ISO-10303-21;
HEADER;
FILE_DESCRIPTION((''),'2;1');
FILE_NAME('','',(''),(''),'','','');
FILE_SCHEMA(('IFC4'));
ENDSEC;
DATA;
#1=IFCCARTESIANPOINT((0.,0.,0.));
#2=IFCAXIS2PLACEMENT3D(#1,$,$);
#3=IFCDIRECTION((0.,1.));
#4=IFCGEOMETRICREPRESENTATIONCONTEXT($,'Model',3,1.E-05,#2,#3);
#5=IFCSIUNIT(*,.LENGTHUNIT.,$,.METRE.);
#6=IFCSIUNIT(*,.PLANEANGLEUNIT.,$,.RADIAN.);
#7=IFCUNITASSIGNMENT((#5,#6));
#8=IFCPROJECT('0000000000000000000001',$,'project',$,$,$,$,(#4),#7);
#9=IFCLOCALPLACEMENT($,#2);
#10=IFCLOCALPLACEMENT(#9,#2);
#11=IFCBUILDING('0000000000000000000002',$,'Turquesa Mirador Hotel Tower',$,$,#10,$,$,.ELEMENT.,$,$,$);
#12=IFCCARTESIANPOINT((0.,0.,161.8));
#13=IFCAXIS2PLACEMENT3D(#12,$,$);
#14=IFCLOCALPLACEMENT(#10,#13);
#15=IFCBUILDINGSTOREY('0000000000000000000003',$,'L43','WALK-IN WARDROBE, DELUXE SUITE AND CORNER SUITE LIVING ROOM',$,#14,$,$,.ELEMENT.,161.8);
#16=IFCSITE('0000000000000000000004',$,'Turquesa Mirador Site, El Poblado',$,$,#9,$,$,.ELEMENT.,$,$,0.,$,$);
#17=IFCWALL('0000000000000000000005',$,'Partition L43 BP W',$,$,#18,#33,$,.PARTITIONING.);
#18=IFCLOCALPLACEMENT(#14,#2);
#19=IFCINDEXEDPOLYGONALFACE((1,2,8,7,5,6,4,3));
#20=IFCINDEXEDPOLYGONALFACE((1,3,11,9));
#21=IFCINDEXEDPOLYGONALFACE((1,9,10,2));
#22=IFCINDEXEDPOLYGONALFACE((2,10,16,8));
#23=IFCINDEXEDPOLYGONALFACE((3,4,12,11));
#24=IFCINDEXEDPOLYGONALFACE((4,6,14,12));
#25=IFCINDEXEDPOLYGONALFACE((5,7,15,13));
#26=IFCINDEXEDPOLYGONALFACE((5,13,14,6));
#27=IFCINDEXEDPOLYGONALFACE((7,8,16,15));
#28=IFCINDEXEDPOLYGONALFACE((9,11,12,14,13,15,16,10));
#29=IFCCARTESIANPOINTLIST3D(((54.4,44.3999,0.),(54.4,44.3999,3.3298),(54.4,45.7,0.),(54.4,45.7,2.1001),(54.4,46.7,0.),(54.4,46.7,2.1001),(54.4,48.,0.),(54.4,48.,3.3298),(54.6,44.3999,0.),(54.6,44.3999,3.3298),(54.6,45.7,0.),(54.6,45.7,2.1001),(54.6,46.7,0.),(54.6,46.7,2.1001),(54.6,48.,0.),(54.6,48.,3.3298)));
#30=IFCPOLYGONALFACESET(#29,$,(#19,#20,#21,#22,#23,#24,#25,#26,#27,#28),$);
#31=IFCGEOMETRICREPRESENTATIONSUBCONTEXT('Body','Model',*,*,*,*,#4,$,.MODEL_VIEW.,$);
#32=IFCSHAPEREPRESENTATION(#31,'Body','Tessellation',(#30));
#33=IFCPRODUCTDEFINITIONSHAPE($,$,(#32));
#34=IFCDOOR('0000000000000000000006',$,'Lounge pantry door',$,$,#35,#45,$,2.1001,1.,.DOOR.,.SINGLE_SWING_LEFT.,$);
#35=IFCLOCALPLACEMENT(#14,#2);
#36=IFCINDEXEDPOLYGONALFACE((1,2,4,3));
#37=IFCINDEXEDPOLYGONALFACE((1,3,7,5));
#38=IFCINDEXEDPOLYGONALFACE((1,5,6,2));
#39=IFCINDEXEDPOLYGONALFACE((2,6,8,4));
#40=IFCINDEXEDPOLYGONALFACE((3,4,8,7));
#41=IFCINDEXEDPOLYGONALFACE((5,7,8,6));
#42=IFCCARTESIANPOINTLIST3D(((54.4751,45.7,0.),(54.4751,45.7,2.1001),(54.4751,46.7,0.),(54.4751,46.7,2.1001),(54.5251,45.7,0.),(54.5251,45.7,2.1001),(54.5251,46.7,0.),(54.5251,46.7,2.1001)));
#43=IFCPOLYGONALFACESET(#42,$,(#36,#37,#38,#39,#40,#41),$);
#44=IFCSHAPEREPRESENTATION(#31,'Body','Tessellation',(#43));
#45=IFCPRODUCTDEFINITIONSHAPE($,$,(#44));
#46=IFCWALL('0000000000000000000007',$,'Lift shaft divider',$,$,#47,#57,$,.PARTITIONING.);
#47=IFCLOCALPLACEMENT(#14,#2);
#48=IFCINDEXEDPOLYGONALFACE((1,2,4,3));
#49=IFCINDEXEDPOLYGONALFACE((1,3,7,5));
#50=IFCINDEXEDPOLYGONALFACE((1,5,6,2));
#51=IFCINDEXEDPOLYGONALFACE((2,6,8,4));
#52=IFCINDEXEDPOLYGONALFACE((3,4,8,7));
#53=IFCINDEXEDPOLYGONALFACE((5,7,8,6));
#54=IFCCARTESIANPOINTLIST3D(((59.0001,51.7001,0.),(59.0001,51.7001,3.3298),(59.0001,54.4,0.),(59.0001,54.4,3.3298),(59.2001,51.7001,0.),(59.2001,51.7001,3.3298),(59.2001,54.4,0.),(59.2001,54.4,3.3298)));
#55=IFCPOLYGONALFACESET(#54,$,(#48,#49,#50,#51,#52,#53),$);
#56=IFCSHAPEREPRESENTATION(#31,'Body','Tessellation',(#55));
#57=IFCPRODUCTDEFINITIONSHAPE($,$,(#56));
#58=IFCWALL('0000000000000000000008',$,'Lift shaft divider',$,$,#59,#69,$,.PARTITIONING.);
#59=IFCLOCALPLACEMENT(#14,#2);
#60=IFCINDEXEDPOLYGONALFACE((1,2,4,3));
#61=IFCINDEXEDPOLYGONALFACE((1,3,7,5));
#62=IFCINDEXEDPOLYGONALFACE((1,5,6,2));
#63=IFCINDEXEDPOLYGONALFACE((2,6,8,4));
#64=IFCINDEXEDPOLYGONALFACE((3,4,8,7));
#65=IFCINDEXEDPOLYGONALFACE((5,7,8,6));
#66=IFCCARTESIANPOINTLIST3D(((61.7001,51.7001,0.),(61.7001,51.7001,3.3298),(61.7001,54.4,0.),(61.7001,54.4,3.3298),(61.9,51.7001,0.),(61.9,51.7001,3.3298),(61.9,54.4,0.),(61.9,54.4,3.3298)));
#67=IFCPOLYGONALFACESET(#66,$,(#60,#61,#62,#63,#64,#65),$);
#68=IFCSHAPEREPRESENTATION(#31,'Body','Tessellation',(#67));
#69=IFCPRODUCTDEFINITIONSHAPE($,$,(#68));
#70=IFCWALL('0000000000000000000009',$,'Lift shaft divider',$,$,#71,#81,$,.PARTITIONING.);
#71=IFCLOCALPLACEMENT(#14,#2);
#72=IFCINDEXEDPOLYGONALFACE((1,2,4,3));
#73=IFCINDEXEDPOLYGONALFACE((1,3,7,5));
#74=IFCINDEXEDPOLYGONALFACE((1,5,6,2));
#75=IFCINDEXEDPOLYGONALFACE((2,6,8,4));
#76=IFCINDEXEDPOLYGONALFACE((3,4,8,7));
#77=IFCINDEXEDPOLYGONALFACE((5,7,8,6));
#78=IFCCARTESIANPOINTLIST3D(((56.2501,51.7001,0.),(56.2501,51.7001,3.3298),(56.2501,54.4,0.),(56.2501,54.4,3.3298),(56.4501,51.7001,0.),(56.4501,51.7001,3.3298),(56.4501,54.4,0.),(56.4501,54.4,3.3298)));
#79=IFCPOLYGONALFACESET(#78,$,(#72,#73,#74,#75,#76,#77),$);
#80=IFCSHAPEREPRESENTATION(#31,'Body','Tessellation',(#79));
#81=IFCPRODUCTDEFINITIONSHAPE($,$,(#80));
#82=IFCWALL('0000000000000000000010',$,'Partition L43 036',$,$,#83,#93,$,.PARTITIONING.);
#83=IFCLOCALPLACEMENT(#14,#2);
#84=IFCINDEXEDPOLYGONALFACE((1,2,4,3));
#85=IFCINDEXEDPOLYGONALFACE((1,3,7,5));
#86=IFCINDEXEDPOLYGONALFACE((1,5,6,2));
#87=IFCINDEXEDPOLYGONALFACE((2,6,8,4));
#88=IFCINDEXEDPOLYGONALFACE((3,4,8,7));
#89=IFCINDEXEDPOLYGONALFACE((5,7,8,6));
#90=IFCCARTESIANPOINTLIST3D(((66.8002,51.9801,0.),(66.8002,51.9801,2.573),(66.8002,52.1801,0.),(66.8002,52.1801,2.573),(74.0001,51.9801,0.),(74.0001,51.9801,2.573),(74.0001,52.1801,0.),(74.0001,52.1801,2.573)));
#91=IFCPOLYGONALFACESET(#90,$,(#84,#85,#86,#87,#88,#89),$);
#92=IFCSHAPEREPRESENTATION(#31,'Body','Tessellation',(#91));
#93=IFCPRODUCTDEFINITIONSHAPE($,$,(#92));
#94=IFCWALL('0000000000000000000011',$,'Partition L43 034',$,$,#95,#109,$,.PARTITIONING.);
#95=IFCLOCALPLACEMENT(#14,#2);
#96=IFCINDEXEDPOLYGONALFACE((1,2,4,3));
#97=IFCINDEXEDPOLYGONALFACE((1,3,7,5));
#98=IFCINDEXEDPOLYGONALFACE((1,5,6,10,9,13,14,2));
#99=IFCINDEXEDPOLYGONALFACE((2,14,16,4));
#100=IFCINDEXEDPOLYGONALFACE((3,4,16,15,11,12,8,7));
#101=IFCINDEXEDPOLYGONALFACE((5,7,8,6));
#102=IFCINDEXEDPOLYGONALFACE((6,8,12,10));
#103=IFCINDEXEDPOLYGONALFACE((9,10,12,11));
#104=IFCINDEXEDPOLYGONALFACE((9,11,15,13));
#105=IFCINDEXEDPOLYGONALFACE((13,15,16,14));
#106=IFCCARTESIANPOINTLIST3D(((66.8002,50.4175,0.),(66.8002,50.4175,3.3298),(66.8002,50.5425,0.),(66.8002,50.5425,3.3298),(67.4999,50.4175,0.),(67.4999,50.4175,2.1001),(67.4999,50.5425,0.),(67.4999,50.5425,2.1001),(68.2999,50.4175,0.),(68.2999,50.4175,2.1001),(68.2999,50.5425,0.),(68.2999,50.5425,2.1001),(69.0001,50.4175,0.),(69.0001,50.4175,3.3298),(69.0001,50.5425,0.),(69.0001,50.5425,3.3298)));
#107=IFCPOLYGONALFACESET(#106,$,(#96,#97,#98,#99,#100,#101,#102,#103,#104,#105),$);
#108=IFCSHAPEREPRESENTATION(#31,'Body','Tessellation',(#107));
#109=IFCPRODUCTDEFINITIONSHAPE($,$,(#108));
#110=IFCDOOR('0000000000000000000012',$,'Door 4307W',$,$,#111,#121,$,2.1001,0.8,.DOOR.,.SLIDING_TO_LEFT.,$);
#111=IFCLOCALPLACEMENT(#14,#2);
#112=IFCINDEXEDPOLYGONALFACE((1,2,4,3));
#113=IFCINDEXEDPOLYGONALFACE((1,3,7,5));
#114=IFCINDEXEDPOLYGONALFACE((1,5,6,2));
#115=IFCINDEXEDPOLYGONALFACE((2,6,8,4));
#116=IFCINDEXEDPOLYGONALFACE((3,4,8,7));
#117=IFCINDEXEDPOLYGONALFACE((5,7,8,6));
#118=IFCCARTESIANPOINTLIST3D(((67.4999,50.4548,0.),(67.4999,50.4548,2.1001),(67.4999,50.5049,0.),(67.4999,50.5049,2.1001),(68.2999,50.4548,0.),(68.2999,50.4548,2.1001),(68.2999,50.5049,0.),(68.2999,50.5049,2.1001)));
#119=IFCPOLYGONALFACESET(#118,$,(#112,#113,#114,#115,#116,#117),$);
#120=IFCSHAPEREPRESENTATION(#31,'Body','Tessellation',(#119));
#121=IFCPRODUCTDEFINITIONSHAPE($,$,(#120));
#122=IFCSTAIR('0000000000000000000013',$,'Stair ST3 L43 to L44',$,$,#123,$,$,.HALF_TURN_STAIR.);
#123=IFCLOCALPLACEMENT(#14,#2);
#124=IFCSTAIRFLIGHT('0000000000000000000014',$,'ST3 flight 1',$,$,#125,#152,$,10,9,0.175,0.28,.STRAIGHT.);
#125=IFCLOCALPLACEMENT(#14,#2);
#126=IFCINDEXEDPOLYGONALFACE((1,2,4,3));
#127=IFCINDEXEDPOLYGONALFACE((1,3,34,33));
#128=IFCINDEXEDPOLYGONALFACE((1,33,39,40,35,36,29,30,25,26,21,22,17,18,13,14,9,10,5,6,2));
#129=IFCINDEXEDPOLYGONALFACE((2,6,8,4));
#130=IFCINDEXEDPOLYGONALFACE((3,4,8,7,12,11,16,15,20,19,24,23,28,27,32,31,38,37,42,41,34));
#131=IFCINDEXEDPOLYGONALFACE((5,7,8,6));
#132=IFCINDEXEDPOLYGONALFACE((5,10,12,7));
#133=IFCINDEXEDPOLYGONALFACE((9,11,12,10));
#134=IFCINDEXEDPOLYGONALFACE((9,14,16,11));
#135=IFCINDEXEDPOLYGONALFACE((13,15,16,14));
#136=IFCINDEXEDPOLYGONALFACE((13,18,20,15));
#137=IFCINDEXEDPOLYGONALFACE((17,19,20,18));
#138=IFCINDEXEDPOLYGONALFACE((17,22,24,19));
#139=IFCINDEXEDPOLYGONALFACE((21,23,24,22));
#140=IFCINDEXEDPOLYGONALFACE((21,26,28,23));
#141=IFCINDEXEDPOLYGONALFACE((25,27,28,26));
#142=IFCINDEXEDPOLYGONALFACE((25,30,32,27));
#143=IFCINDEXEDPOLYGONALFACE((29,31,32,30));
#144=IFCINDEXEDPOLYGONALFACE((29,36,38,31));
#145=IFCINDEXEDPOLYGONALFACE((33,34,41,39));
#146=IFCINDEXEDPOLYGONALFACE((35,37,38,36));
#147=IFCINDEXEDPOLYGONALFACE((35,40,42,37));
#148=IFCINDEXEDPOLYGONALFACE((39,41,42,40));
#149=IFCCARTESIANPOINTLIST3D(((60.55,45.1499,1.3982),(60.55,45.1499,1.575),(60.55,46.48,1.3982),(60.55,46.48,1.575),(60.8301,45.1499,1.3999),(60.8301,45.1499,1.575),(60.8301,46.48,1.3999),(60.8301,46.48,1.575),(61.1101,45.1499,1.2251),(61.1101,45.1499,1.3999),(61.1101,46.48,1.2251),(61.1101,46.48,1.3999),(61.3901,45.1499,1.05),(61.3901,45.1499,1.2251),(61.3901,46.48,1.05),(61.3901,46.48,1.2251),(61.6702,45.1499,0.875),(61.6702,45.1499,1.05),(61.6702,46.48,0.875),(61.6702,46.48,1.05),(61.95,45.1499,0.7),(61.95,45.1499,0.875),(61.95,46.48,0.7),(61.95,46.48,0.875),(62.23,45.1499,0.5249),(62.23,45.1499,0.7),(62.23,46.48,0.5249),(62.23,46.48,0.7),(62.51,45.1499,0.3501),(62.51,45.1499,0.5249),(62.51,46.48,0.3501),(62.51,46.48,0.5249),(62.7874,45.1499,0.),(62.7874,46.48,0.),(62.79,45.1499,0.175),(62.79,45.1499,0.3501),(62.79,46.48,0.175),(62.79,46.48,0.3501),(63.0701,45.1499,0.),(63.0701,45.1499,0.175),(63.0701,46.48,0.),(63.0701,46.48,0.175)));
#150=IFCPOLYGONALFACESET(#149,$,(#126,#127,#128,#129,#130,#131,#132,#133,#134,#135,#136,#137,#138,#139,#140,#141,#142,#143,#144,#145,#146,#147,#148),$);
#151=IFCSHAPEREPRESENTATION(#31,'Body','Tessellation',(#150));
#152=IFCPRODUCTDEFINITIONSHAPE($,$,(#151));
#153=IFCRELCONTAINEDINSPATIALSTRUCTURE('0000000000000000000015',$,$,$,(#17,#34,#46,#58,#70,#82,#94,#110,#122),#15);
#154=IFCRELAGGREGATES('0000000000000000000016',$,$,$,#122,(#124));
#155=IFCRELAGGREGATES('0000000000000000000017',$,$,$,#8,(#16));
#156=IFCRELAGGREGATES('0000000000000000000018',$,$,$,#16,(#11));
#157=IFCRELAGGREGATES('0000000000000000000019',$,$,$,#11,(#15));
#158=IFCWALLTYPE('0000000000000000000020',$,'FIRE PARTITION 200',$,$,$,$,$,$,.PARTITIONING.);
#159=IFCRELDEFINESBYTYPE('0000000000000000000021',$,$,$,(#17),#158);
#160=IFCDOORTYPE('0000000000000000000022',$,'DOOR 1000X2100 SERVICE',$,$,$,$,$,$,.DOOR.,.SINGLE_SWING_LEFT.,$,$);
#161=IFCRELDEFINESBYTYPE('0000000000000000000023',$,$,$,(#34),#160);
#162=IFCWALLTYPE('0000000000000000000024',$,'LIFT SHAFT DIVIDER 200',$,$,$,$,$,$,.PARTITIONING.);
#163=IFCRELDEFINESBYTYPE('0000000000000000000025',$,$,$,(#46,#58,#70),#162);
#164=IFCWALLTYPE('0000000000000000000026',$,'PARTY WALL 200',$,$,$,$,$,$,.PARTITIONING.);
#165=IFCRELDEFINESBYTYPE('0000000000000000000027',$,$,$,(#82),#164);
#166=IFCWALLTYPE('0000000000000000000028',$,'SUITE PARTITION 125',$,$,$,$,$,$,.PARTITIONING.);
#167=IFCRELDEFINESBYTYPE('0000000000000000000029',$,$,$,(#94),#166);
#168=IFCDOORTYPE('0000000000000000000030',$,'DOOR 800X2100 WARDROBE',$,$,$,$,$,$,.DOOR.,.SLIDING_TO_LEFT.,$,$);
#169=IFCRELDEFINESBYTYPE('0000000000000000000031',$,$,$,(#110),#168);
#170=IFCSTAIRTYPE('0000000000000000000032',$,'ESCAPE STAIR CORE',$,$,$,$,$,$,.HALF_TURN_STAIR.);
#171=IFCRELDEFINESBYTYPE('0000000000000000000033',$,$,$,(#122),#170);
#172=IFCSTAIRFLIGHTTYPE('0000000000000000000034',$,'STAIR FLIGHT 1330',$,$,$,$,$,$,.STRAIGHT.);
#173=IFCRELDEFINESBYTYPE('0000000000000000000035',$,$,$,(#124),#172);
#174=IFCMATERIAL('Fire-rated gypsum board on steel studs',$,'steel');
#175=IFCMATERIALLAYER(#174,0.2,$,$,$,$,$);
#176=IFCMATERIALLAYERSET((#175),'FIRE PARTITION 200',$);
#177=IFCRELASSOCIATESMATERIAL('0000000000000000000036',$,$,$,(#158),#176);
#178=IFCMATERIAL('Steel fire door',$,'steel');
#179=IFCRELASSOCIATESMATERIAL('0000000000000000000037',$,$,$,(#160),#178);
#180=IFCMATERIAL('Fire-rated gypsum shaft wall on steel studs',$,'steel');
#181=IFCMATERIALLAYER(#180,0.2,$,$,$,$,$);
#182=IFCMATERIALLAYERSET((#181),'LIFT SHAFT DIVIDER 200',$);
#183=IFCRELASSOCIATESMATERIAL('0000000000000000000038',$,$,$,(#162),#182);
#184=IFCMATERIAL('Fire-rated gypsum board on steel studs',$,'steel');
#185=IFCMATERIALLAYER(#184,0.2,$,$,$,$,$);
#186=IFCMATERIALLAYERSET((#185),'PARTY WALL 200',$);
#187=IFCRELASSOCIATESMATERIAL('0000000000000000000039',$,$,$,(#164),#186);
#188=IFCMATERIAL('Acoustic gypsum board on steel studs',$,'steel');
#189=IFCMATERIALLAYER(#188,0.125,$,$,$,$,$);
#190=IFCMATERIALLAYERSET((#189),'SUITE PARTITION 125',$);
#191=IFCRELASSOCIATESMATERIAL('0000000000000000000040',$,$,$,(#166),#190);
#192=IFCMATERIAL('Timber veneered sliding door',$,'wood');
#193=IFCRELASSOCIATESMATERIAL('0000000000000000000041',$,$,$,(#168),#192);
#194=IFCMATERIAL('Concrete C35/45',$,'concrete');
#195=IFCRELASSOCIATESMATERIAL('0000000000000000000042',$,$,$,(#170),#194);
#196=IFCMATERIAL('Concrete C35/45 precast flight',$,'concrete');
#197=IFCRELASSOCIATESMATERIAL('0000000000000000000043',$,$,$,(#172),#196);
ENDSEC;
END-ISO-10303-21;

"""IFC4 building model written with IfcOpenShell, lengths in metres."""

from ifc_helpers import new_model, si_unit, direction, frame, frame_2d, origin, place, context, subcontext, project, spatial, polyline, rectangle, outline, extrude, material, layer, layer_set, type_object, element, fill, aggregate, save


model = new_model("IFC4")

# Units and contexts
model_context = context("Model", 3, precision=1e-05, world=origin(), true_north=direction((0.0, 1.0)))
body_context = subcontext(model_context, "Body", "Model", "MODEL_VIEW")
ifc_project = project(units=[si_unit("LENGTHUNIT", "METRE"), si_unit("PLANEANGLEUNIT", "RADIAN")], contexts=[model_context])

# Site, building, storey
site_placement = place(None, origin())
site = spatial("IfcSite", under=ifc_project, at=site_placement, Name="Turquesa Mirador Site, El Poblado", CompositionType="ELEMENT", RefElevation=0.0)
building_placement = place(site_placement, origin())
building = spatial("IfcBuilding", under=site, at=building_placement, Name="Turquesa Mirador Hotel Tower", CompositionType="ELEMENT")
storey_placement = place(building_placement, frame((0.0, 0.0, 161.8)))
storey = spatial("IfcBuildingStorey", under=building, at=storey_placement, Name="L43", Description="WALK-IN WARDROBE, DELUXE SUITE AND CORNER SUITE LIVING ROOM", CompositionType="ELEMENT", Elevation=161.8)

# Wall, opening, door
ifc_material_1 = material(Name="Fire-rated gypsum board on steel studs", Category="steel")
ifc_layer_1 = layer(ifc_material_1, 0.2)
ifc_layer_set_1 = layer_set([ifc_layer_1], Name="FIRE PARTITION 200")
wall_type_1 = type_object("IfcWallType", Name="FIRE PARTITION 200", PredefinedType="PARTITIONING", material=ifc_layer_set_1)
wall_1_placement = place(storey_placement, frame((54.5, 44.3999, 0.0), z_axis=(0.0, 0.0, 1.0), x_axis=(0.0, 1.0, 0.0)))
wall_1 = element("IfcWall", 1, at=wall_1_placement, inside=storey, type_object=wall_type_1, Name="Partition L43 BP W", PredefinedType="PARTITIONING", context=body_context, shape_type="SweptSolid", body=[
    extrude(rectangle(XDim=3.6001, YDim=0.2, at=frame_2d((1.8, 0.0))), origin(), (0.0, 0.0, 1.0), 3.3298),
])
opening_1_placement = place(wall_1_placement, frame((1.3, 0.0, 0.0)))
opening_1 = element("IfcOpeningElement", 2, at=opening_1_placement, cuts=wall_1, PredefinedType="OPENING", context=body_context, shape_type="SweptSolid", body=[
    extrude(rectangle(XDim=1.0, YDim=2.1001, at=frame_2d((0.5, 1.05))), frame((0.0, 0.1099, 0.0), z_axis=(0.0, -1.0, 0.0), x_axis=(1.0, 0.0, 0.0)), (0.0, 0.0, 1.0), 0.22),
])
ifc_material_2 = material(Name="Steel fire door", Category="steel")
door_type_1 = type_object("IfcDoorType", Name="DOOR 1000X2100 SERVICE", OperationType="SINGLE_SWING_LEFT", PredefinedType="DOOR", material=ifc_material_2)
door_1_placement = place(opening_1_placement, origin())
door_1 = element("IfcDoor", 3, at=door_1_placement, inside=storey, type_object=door_type_1, Name="Lounge pantry door", OperationType="SINGLE_SWING_LEFT", OverallHeight=2.1001, OverallWidth=1.0, PredefinedType="DOOR", context=body_context, shape_type="SweptSolid", body=[
    extrude(rectangle(XDim=1.0, YDim=2.1001, at=frame_2d((0.5, 1.05))), frame((0.0, 0.0249, 0.0), z_axis=(0.0, -1.0, 0.0), x_axis=(1.0, 0.0, 0.0)), (0.0, 0.0, 1.0), 0.05),
])
fill(opening_1, door_1)

# Walls
ifc_material_3 = material(Name="Fire-rated gypsum shaft wall on steel studs", Category="steel")
ifc_layer_2 = layer(ifc_material_3, 0.2)
ifc_layer_set_2 = layer_set([ifc_layer_2], Name="LIFT SHAFT DIVIDER 200")
wall_type_2 = type_object("IfcWallType", Name="LIFT SHAFT DIVIDER 200", PredefinedType="PARTITIONING", material=ifc_layer_set_2)
for number, where, z_axis, x_axis, name in (
    (4, (59.1001, 51.7, 0.0), (0.0, 0.0, 1.0), (0.0, 1.0, 0.0), "Lift shaft divider"),
    (5, (61.8, 51.7, 0.0), (0.0, 0.0, 1.0), (0.0, 1.0, 0.0), "Lift shaft divider"),
    (6, (56.3501, 51.7, 0.0), (0.0, 0.0, 1.0), (0.0, 1.0, 0.0), "Lift shaft divider"),
):
    element("IfcWall", number, at=place(storey_placement, frame(where, z_axis=z_axis, x_axis=x_axis)), inside=storey, type_object=wall_type_2, Name=name, PredefinedType="PARTITIONING", context=body_context, shape_type="SweptSolid", body=[
        extrude(rectangle(XDim=2.7, YDim=0.2, at=frame_2d((1.3501, 0.0))), origin(), (0.0, 0.0, 1.0), 3.3298),
    ])
ifc_material_4 = material(Name="Fire-rated gypsum board on steel studs", Category="steel")
ifc_layer_3 = layer(ifc_material_4, 0.2)
ifc_layer_set_3 = layer_set([ifc_layer_3], Name="PARTY WALL 200")
wall_type_3 = type_object("IfcWallType", Name="PARTY WALL 200", PredefinedType="PARTITIONING", material=ifc_layer_set_3)
wall_2_placement = place(storey_placement, frame((66.8, 52.0801, 0.0), z_axis=(0.0, 0.0, 1.0), x_axis=(1.0, 0.0, 0.0)))
element("IfcWall", 7, at=wall_2_placement, inside=storey, type_object=wall_type_3, Name="Partition L43 036", PredefinedType="PARTITIONING", context=body_context, shape_type="SweptSolid", body=[
    extrude(rectangle(XDim=7.2, YDim=0.2, at=frame_2d((3.6001, 0.0))), origin(), (0.0, 0.0, 1.0), 2.573),
])

# Wall, opening, door
ifc_material_5 = material(Name="Acoustic gypsum board on steel studs", Category="steel")
ifc_layer_4 = layer(ifc_material_5, 0.125)
ifc_layer_set_4 = layer_set([ifc_layer_4], Name="SUITE PARTITION 125")
wall_type_4 = type_object("IfcWallType", Name="SUITE PARTITION 125", PredefinedType="PARTITIONING", material=ifc_layer_set_4)
wall_3_placement = place(storey_placement, frame((66.8, 50.48, 0.0), z_axis=(0.0, 0.0, 1.0), x_axis=(1.0, 0.0, 0.0)))
wall_3 = element("IfcWall", 8, at=wall_3_placement, inside=storey, type_object=wall_type_4, Name="Partition L43 034", PredefinedType="PARTITIONING", context=body_context, shape_type="SweptSolid", body=[
    extrude(rectangle(XDim=2.2, YDim=0.125, at=frame_2d((1.1001, 0.0))), origin(), (0.0, 0.0, 1.0), 3.3298),
])
opening_2_placement = place(wall_3_placement, frame((0.7, 0.0, 0.0)))
opening_2 = element("IfcOpeningElement", 9, at=opening_2_placement, cuts=wall_3, PredefinedType="OPENING", context=body_context, shape_type="SweptSolid", body=[
    extrude(rectangle(XDim=0.8, YDim=2.1001, at=frame_2d((0.3999, 1.05))), frame((0.0, 0.0725, 0.0), z_axis=(0.0, -1.0, 0.0), x_axis=(1.0, 0.0, 0.0)), (0.0, 0.0, 1.0), 0.145),
])
ifc_material_6 = material(Name="Timber veneered sliding door", Category="wood")
door_type_2 = type_object("IfcDoorType", Name="DOOR 800X2100 WARDROBE", OperationType="SLIDING_TO_LEFT", PredefinedType="DOOR", material=ifc_material_6)
door_2_placement = place(opening_2_placement, origin())
door_2 = element("IfcDoor", 10, at=door_2_placement, inside=storey, type_object=door_type_2, Name="Door 4307W", OperationType="SLIDING_TO_LEFT", OverallHeight=2.1001, OverallWidth=0.8, PredefinedType="DOOR", context=body_context, shape_type="SweptSolid", body=[
    extrude(rectangle(XDim=0.8, YDim=2.1001, at=frame_2d((0.3999, 1.05))), frame((0.0, 0.0249, 0.0), z_axis=(0.0, -1.0, 0.0), x_axis=(1.0, 0.0, 0.0)), (0.0, 0.0, 1.0), 0.05),
])
fill(opening_2, door_2)

# Stair, stair flight
ifc_material_7 = material(Name="Concrete C35/45", Category="concrete")
stair_type = type_object("IfcStairType", Name="ESCAPE STAIR CORE", PredefinedType="HALF_TURN_STAIR", material=ifc_material_7)
stair_placement = place(storey_placement, origin())
stair = element("IfcStair", 11, at=stair_placement, inside=storey, type_object=stair_type, Name="Stair ST3 L43 to L44", PredefinedType="HALF_TURN_STAIR")
ifc_material_8 = material(Name="Concrete C35/45 precast flight", Category="concrete")
stair_flight_type = type_object("IfcStairFlightType", Name="STAIR FLIGHT 1330", PredefinedType="STRAIGHT", material=ifc_material_8)
stair_flight_1_placement = place(storey_placement, frame((63.0701, 45.8149, 0.0), z_axis=(0.0, 0.0, 1.0), x_axis=(-1.0, 0.0, 0.0)))
stair_flight_1 = element("IfcStairFlight", 12, at=stair_flight_1_placement, type_object=stair_flight_type, Name="ST3 flight 1", NumberOfRisers=10, NumberOfTreads=9, PredefinedType="STRAIGHT", RiserHeight=0.175, TreadLength=0.28, context=body_context, shape_type="SweptSolid", body=[
    extrude(outline(polyline([(0.0, 0.0), (0.0, 0.175), (0.28, 0.175), (0.28, 0.3501), (0.5601, 0.3501), (0.5601, 0.5249), (0.8401, 0.5249), (0.8401, 0.7), (1.1201, 0.7), (1.1201, 0.875), (1.3999, 0.875), (1.3999, 1.05), (1.6799, 1.05), (1.6799, 1.2251), (1.96, 1.2251), (1.96, 1.3999), (2.24, 1.3999), (2.24, 1.575), (2.52, 1.575), (2.52, 1.75), (2.52, 1.3982), (0.2827, 0.0), (0.0, 0.0)])), frame((0.0, 0.665, 0.0), z_axis=(0.0, -1.0, 0.0), x_axis=(1.0, 0.0, 0.0)), (0.0, 0.0, 1.0), 1.3301),
])
aggregate(stair, [stair_flight_1])

save(model, "model.ifc")
